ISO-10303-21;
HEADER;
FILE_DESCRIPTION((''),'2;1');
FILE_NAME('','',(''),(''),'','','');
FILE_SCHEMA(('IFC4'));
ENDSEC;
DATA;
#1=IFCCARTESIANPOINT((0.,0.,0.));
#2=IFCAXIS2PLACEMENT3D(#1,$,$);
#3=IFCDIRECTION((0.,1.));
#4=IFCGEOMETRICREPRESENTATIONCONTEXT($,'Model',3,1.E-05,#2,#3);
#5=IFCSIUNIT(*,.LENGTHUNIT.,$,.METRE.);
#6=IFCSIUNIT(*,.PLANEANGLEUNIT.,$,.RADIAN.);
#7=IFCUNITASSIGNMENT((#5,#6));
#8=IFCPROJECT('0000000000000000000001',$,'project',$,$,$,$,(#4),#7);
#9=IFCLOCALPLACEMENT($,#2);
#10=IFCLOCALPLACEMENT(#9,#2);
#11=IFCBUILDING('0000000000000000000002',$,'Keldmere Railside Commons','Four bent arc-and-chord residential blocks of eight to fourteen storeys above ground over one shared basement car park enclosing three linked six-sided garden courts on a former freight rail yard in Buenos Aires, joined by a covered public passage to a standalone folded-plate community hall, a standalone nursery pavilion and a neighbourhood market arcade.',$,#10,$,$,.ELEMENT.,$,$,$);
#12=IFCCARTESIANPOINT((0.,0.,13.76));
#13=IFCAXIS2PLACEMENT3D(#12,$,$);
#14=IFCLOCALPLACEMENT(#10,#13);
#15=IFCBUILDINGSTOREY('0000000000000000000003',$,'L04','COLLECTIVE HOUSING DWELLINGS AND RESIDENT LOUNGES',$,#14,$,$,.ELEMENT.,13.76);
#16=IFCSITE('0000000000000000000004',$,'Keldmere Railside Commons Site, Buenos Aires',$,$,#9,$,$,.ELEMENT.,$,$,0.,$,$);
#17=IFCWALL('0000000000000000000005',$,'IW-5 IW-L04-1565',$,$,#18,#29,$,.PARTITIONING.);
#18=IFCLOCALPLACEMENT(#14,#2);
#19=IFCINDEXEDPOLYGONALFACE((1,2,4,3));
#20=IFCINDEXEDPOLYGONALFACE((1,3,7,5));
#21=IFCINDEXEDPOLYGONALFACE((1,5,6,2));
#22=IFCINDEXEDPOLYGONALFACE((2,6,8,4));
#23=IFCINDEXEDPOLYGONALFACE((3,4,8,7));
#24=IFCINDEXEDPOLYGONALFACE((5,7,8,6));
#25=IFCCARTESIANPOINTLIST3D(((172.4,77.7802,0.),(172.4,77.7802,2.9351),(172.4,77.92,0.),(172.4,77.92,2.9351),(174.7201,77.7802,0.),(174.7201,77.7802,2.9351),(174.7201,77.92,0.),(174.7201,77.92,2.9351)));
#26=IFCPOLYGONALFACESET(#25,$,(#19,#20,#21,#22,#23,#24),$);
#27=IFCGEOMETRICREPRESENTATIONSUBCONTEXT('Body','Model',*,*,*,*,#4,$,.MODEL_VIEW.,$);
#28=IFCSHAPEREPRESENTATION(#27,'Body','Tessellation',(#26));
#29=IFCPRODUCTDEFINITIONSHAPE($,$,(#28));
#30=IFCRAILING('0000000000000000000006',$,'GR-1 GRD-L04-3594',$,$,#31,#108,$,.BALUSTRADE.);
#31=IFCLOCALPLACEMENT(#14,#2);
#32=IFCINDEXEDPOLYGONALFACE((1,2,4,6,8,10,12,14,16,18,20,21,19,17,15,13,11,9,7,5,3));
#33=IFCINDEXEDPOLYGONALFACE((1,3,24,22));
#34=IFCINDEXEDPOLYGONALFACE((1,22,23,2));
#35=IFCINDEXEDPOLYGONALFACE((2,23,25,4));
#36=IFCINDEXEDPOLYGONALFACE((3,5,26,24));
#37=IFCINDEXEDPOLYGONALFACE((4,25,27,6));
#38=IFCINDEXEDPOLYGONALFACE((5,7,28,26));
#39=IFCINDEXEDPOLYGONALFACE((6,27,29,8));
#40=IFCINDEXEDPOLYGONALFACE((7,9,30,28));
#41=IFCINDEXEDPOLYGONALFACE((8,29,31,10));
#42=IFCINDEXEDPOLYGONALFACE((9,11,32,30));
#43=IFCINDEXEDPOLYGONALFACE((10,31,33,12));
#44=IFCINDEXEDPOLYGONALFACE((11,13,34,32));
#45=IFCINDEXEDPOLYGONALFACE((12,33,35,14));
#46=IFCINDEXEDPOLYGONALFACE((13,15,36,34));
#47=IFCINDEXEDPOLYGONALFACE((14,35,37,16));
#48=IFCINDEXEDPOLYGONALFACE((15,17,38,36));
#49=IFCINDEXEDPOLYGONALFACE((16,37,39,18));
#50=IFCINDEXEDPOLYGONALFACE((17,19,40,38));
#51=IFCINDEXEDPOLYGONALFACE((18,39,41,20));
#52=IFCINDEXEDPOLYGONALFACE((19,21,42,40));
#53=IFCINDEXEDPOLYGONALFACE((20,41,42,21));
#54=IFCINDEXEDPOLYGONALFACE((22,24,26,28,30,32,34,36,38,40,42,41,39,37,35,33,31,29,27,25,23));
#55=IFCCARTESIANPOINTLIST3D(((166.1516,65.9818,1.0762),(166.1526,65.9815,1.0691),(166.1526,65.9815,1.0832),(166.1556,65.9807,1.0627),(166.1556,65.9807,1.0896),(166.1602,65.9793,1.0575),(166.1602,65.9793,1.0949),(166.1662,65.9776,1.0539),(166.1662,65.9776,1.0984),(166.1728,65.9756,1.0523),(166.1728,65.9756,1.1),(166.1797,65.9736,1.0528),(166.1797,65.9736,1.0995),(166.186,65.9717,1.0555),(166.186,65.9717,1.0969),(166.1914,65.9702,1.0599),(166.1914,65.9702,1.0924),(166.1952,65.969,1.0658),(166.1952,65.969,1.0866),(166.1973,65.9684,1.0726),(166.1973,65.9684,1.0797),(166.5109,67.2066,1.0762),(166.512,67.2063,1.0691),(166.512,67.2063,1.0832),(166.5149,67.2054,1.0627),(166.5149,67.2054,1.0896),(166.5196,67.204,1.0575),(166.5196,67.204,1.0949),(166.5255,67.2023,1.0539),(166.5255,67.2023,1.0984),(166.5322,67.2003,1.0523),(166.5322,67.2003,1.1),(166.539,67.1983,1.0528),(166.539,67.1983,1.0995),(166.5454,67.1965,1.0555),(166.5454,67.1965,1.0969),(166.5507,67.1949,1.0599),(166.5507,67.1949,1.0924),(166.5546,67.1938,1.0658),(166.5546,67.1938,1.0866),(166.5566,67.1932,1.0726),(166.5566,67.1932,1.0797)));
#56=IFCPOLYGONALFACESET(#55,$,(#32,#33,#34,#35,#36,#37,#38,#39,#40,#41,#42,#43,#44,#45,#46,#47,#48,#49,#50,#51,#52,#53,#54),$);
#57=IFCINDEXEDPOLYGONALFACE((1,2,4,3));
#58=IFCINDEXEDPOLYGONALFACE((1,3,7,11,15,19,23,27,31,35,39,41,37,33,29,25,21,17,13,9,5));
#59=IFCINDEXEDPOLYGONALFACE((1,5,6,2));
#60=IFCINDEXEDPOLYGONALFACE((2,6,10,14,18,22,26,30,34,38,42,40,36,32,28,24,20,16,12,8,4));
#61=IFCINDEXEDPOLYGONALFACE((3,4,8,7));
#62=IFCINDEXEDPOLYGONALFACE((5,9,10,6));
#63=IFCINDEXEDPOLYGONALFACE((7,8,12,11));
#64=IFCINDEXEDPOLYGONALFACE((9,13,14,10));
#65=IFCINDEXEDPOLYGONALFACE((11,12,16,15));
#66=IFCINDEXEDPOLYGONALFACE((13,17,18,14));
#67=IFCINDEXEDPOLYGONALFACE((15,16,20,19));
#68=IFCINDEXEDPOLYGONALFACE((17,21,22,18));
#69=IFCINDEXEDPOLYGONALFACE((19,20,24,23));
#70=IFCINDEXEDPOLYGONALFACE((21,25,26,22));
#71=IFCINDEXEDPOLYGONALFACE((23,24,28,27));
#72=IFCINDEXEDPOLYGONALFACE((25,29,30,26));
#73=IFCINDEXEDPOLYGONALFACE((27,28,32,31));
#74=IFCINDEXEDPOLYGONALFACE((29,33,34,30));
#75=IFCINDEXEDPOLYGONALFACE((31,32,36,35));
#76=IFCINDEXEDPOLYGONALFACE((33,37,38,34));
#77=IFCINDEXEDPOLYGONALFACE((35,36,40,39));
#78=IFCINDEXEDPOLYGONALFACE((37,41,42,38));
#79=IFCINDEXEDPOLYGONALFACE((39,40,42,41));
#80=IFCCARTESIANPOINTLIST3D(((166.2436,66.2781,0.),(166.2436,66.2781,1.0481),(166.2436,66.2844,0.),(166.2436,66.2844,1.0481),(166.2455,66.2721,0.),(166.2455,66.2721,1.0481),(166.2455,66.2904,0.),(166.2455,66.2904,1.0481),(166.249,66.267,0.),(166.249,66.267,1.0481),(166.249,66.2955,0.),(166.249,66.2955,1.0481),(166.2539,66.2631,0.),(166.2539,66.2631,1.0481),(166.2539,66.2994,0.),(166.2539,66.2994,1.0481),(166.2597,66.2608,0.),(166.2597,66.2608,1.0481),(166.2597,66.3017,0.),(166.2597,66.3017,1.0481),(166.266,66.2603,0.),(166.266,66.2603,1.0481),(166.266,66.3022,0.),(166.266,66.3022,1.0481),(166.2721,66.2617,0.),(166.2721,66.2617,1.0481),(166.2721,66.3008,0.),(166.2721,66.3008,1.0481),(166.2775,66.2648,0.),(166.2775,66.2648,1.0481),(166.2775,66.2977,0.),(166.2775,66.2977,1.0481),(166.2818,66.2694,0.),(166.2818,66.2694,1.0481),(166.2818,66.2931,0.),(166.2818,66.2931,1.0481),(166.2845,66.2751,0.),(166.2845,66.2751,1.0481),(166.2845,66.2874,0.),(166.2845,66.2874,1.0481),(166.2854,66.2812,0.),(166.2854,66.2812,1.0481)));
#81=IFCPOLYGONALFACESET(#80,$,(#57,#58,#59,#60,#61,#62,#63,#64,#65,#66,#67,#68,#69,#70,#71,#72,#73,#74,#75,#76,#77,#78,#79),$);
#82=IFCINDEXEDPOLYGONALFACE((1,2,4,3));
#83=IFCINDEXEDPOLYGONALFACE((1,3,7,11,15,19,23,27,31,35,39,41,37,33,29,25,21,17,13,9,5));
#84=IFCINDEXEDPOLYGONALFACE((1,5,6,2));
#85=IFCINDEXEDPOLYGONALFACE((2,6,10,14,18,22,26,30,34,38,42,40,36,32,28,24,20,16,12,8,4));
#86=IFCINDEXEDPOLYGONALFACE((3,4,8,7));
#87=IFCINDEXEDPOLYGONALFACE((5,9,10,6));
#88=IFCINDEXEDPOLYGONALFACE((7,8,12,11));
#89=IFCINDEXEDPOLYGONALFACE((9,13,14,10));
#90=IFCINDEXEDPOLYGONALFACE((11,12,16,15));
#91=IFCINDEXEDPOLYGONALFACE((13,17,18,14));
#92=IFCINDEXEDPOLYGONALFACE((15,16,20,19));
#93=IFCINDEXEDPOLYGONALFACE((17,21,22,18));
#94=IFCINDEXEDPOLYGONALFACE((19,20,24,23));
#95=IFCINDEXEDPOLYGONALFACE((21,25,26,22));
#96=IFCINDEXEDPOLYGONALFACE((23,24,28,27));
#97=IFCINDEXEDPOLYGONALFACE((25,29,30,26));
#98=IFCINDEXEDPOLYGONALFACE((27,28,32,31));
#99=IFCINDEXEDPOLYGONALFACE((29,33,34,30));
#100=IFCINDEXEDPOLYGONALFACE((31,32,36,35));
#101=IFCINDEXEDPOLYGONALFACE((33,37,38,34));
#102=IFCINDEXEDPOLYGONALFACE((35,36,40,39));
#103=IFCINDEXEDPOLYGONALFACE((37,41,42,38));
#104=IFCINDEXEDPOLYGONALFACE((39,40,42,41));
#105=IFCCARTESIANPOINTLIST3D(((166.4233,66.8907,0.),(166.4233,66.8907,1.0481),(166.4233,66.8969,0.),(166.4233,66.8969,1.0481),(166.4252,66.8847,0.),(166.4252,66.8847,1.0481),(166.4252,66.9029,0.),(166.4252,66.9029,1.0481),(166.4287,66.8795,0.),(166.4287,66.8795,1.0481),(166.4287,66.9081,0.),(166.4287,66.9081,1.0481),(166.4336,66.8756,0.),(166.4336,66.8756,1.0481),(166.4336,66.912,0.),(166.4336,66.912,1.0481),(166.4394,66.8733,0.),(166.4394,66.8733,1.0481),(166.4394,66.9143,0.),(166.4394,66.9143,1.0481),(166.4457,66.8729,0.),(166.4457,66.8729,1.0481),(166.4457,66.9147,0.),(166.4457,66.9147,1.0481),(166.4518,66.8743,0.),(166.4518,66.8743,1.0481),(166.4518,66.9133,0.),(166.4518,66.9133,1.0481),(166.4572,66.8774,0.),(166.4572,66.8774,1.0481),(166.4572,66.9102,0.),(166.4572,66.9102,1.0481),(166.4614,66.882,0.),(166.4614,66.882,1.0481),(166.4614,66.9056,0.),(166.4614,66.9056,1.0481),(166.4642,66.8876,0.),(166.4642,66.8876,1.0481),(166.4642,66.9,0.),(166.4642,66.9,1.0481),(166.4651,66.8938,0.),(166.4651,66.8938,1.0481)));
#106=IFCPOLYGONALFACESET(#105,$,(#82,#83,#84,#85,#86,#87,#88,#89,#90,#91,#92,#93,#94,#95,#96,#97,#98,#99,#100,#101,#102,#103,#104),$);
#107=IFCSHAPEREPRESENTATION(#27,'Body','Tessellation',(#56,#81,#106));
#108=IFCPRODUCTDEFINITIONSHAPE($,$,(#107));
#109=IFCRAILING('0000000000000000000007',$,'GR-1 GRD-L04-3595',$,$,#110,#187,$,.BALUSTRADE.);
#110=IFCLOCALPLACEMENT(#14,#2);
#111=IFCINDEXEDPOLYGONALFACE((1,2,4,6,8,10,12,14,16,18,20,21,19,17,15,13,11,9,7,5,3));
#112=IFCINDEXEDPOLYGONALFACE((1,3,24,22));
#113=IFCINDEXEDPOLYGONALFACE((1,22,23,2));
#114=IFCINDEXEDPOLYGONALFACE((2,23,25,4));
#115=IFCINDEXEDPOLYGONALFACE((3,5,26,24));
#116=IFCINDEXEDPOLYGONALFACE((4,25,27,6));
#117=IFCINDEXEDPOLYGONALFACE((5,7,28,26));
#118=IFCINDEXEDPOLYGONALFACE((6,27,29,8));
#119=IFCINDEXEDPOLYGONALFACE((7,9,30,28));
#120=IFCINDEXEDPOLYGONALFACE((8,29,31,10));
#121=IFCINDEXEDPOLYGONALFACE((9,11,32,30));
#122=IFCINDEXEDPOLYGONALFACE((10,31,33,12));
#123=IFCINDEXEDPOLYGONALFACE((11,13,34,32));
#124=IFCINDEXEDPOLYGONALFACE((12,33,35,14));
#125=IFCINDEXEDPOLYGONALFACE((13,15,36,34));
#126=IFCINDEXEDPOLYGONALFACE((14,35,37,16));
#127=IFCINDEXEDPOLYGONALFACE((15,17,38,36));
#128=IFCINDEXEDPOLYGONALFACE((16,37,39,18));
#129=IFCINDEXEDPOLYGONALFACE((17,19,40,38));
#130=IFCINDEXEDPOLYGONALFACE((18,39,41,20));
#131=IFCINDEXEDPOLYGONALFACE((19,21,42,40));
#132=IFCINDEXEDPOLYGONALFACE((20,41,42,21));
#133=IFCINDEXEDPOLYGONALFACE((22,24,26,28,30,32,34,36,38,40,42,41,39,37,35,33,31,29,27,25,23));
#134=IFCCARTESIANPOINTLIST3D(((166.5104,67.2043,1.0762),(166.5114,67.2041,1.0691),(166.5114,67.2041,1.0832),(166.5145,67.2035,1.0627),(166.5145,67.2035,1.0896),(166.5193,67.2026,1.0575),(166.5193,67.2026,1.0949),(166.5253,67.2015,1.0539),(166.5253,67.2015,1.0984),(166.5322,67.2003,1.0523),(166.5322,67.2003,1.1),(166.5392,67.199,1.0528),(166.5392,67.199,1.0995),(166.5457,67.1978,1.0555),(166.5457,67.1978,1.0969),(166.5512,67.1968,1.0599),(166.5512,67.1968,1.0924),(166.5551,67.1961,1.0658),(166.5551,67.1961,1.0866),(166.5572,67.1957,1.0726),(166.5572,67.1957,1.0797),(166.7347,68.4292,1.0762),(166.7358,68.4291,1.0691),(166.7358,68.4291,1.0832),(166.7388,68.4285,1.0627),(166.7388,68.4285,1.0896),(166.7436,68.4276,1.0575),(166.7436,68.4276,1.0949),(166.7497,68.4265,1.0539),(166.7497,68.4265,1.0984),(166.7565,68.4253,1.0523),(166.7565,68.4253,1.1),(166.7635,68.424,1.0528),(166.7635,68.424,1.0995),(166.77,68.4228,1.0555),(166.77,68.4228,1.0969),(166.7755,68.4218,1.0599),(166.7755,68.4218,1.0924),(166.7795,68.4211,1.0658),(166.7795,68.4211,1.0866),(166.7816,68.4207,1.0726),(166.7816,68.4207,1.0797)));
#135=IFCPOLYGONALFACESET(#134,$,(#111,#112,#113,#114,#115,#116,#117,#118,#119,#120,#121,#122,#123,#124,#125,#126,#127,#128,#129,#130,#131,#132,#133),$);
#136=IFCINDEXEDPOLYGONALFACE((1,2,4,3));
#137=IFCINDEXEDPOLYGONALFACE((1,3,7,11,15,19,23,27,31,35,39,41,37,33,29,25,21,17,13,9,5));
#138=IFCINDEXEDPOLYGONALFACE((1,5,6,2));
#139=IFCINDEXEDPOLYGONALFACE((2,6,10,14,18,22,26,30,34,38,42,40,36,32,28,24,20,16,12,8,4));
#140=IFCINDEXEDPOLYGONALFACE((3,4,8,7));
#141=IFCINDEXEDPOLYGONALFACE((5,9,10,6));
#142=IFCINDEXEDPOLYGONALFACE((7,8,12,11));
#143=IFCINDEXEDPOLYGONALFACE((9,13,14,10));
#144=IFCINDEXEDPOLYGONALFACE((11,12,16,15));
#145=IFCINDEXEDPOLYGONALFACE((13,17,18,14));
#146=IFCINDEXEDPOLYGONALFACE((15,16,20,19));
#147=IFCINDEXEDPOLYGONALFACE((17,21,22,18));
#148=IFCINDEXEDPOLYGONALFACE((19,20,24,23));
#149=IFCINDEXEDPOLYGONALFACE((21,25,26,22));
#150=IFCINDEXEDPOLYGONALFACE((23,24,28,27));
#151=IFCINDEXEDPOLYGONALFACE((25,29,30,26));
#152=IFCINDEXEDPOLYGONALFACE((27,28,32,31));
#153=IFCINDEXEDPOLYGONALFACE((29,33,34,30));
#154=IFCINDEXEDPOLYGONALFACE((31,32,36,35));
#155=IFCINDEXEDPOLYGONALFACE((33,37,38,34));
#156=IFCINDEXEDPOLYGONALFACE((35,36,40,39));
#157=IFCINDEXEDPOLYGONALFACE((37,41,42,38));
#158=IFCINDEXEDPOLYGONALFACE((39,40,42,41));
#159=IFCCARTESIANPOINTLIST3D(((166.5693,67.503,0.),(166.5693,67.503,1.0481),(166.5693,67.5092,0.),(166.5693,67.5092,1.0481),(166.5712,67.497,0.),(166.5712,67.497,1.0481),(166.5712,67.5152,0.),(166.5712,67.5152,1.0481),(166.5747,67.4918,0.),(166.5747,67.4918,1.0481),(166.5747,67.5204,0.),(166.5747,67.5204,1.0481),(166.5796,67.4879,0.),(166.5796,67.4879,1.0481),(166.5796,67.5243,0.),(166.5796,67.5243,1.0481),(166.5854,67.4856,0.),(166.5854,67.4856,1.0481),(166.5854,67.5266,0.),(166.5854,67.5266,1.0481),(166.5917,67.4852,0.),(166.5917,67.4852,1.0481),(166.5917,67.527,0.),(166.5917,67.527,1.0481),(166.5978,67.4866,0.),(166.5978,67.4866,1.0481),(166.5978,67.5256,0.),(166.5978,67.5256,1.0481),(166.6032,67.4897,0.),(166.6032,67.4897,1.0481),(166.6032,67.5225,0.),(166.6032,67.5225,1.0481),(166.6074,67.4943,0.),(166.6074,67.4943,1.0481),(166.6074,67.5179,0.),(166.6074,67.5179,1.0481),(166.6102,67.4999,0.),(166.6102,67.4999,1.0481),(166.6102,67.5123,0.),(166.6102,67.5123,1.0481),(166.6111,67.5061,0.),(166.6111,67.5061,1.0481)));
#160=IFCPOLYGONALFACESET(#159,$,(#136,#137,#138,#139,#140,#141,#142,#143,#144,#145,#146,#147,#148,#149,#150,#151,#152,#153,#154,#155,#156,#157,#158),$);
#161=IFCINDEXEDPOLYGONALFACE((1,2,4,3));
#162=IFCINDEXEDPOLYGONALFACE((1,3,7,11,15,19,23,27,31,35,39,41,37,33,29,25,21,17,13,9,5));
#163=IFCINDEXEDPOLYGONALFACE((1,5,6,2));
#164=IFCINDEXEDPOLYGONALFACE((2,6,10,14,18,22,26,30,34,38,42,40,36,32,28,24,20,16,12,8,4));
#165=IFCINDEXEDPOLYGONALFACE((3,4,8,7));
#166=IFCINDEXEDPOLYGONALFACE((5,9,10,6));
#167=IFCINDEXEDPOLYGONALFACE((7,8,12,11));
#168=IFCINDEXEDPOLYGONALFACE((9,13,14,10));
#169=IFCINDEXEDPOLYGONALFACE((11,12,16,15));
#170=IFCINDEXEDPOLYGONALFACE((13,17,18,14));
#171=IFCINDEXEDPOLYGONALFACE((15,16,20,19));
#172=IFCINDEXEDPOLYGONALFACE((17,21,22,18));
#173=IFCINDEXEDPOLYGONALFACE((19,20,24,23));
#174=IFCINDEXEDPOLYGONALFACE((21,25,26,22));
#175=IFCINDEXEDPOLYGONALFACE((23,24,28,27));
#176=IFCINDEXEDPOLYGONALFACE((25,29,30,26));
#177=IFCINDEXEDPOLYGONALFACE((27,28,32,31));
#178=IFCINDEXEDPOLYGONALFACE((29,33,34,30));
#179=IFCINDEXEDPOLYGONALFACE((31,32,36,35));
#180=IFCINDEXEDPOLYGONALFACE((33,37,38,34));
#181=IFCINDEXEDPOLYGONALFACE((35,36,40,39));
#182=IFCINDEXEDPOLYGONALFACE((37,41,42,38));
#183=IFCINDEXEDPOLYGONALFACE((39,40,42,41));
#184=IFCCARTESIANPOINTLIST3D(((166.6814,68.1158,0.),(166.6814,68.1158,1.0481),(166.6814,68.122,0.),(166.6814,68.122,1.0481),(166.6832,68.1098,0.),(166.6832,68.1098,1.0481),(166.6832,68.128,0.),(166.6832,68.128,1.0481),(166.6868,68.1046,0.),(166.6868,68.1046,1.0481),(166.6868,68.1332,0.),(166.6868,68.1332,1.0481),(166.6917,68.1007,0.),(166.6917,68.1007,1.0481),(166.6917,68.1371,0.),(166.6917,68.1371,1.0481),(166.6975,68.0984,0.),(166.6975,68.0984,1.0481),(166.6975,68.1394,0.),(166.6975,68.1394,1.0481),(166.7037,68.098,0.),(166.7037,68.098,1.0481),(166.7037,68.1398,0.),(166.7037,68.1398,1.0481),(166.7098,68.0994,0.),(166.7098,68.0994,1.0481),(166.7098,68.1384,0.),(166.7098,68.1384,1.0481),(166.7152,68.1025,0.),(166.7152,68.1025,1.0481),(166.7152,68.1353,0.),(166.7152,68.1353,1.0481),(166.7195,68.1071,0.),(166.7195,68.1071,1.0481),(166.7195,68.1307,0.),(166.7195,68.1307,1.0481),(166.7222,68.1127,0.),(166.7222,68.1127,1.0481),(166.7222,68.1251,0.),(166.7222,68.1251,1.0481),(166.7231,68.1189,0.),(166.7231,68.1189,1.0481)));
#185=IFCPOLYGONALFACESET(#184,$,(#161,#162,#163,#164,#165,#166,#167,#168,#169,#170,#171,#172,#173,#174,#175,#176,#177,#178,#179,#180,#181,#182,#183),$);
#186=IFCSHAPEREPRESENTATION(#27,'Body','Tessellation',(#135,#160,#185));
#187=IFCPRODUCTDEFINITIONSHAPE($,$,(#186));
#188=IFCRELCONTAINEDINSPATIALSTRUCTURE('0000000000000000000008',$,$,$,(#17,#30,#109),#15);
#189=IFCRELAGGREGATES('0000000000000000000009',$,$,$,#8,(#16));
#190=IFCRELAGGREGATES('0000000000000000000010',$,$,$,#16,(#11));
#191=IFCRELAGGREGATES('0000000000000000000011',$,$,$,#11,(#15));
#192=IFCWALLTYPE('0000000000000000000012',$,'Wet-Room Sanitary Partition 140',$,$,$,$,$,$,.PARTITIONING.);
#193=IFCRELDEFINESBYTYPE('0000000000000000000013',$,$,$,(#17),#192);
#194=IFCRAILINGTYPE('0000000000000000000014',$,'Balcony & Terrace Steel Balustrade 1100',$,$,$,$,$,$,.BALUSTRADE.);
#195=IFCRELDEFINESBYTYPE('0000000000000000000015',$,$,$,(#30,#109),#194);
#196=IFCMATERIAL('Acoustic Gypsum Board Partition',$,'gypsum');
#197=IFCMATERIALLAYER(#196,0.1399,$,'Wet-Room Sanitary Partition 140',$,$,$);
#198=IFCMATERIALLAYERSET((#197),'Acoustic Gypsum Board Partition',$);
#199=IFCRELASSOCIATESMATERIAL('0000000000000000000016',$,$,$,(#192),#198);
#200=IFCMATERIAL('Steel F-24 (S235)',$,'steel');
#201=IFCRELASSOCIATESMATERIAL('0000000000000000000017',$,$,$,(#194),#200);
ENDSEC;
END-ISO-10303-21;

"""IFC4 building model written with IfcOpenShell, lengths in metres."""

from ifc_helpers import new_model, si_unit, direction, frame, frame_2d, origin, origin_2d, place, context, subcontext, project, spatial, rectangle, circle, extrude, material, layer, layer_set, type_object, element, save


model = new_model("IFC4")

# Units and contexts
model_context = context("Model", 3, precision=1e-05, world=origin(), true_north=direction((0.0, 1.0)))
body_context = subcontext(model_context, "Body", "Model", "MODEL_VIEW")
ifc_project = project(units=[si_unit("LENGTHUNIT", "METRE"), si_unit("PLANEANGLEUNIT", "RADIAN")], contexts=[model_context])

# Site, building, storey
site_placement = place(None, origin())
site = spatial("IfcSite", under=ifc_project, at=site_placement, Name="Keldmere Railside Commons Site, Buenos Aires", CompositionType="ELEMENT", RefElevation=0.0)
building_placement = place(site_placement, origin())
building = spatial("IfcBuilding", under=site, at=building_placement, Name="Keldmere Railside Commons", Description="Four bent arc-and-chord residential blocks of eight to fourteen storeys above ground over one shared basement car park enclosing three linked six-sided garden courts on a former freight rail yard in Buenos Aires, joined by a covered public passage to a standalone folded-plate community hall, a standalone nursery pavilion and a neighbourhood market arcade.", CompositionType="ELEMENT")
storey_placement = place(building_placement, frame((0.0, 0.0, 13.76)))
storey = spatial("IfcBuildingStorey", under=building, at=storey_placement, Name="L04", Description="COLLECTIVE HOUSING DWELLINGS AND RESIDENT LOUNGES", CompositionType="ELEMENT", Elevation=13.76)

# Shared definitions
ifc_material_1 = material(Name="Acoustic Gypsum Board Partition", Category="gypsum")

# Shared definitions
ifc_material_2 = material(Name="Steel F-24 (S235)", Category="steel")

# Wall
ifc_layer_1 = layer(ifc_material_1, 0.1399, Name="Wet-Room Sanitary Partition 140")
ifc_layer_set_1 = layer_set([ifc_layer_1], Name="Acoustic Gypsum Board Partition")
wall_type_1 = type_object("IfcWallType", Name="Wet-Room Sanitary Partition 140", PredefinedType="PARTITIONING", material=ifc_layer_set_1)
wall_1_placement = place(storey_placement, frame((172.3999, 77.8501, 0.0), z_axis=(0.0, 0.0, 1.0), x_axis=(1.0, 0.0, 0.0)))
element("IfcWall", 1, at=wall_1_placement, inside=storey, type_object=wall_type_1, Name="IW-5 IW-L04-1565", PredefinedType="PARTITIONING", context=body_context, shape_type="SweptSolid", body=[
    extrude(rectangle(XDim=2.3201, YDim=0.1399, at=frame_2d((1.1602, 0.0))), origin(), (0.0, 0.0, 1.0), 2.9351),
])

# Railings
railing_type_1 = type_object("IfcRailingType", Name="Balcony & Terrace Steel Balustrade 1100", PredefinedType="BALUSTRADE", material=ifc_material_2)
railing_1_placement = place(storey_placement, frame((166.1746, 65.9751, 0.0)))
element("IfcRailing", 2, at=railing_1_placement, inside=storey, type_object=railing_type_1, Name="GR-1 GRD-L04-3594", PredefinedType="BALUSTRADE", context=body_context, shape_type="SweptSolid", body=[
    extrude(circle(Radius=0.0239, at=origin_2d()), frame((0.0, 0.0, 1.0762), z_axis=(0.281535, 0.959551, 0.0), x_axis=(-0.959551, 0.281535, 0.0)), (0.0, 0.0, 1.0), 1.2764),
    extrude(circle(Radius=0.021, at=origin_2d()), frame((0.0898, 0.3062, 0.0)), (0.0, 0.0, 1.0), 1.0481),
    extrude(circle(Radius=0.021, at=origin_2d()), frame((0.2695, 0.9187, 0.0)), (0.0, 0.0, 1.0), 1.0481),
])
railing_2_placement = place(storey_placement, frame((166.5339, 67.2, 0.0)))
element("IfcRailing", 3, at=railing_2_placement, inside=storey, type_object=railing_type_1, Name="GR-1 GRD-L04-3595", PredefinedType="BALUSTRADE", context=body_context, shape_type="SweptSolid", body=[
    extrude(circle(Radius=0.0239, at=origin_2d()), frame((0.0, 0.0, 1.0762), z_axis=(0.180145, 0.98364, 0.0), x_axis=(-0.98364, 0.180145, 0.0)), (0.0, 0.0, 1.0), 1.2454),
    extrude(circle(Radius=0.021, at=origin_2d()), frame((0.0562, 0.3062, 0.0)), (0.0, 0.0, 1.0), 1.0481),
    extrude(circle(Radius=0.021, at=origin_2d()), frame((0.1682, 0.9189, 0.0)), (0.0, 0.0, 1.0), 1.0481),
])

save(model, "model.ifc")
